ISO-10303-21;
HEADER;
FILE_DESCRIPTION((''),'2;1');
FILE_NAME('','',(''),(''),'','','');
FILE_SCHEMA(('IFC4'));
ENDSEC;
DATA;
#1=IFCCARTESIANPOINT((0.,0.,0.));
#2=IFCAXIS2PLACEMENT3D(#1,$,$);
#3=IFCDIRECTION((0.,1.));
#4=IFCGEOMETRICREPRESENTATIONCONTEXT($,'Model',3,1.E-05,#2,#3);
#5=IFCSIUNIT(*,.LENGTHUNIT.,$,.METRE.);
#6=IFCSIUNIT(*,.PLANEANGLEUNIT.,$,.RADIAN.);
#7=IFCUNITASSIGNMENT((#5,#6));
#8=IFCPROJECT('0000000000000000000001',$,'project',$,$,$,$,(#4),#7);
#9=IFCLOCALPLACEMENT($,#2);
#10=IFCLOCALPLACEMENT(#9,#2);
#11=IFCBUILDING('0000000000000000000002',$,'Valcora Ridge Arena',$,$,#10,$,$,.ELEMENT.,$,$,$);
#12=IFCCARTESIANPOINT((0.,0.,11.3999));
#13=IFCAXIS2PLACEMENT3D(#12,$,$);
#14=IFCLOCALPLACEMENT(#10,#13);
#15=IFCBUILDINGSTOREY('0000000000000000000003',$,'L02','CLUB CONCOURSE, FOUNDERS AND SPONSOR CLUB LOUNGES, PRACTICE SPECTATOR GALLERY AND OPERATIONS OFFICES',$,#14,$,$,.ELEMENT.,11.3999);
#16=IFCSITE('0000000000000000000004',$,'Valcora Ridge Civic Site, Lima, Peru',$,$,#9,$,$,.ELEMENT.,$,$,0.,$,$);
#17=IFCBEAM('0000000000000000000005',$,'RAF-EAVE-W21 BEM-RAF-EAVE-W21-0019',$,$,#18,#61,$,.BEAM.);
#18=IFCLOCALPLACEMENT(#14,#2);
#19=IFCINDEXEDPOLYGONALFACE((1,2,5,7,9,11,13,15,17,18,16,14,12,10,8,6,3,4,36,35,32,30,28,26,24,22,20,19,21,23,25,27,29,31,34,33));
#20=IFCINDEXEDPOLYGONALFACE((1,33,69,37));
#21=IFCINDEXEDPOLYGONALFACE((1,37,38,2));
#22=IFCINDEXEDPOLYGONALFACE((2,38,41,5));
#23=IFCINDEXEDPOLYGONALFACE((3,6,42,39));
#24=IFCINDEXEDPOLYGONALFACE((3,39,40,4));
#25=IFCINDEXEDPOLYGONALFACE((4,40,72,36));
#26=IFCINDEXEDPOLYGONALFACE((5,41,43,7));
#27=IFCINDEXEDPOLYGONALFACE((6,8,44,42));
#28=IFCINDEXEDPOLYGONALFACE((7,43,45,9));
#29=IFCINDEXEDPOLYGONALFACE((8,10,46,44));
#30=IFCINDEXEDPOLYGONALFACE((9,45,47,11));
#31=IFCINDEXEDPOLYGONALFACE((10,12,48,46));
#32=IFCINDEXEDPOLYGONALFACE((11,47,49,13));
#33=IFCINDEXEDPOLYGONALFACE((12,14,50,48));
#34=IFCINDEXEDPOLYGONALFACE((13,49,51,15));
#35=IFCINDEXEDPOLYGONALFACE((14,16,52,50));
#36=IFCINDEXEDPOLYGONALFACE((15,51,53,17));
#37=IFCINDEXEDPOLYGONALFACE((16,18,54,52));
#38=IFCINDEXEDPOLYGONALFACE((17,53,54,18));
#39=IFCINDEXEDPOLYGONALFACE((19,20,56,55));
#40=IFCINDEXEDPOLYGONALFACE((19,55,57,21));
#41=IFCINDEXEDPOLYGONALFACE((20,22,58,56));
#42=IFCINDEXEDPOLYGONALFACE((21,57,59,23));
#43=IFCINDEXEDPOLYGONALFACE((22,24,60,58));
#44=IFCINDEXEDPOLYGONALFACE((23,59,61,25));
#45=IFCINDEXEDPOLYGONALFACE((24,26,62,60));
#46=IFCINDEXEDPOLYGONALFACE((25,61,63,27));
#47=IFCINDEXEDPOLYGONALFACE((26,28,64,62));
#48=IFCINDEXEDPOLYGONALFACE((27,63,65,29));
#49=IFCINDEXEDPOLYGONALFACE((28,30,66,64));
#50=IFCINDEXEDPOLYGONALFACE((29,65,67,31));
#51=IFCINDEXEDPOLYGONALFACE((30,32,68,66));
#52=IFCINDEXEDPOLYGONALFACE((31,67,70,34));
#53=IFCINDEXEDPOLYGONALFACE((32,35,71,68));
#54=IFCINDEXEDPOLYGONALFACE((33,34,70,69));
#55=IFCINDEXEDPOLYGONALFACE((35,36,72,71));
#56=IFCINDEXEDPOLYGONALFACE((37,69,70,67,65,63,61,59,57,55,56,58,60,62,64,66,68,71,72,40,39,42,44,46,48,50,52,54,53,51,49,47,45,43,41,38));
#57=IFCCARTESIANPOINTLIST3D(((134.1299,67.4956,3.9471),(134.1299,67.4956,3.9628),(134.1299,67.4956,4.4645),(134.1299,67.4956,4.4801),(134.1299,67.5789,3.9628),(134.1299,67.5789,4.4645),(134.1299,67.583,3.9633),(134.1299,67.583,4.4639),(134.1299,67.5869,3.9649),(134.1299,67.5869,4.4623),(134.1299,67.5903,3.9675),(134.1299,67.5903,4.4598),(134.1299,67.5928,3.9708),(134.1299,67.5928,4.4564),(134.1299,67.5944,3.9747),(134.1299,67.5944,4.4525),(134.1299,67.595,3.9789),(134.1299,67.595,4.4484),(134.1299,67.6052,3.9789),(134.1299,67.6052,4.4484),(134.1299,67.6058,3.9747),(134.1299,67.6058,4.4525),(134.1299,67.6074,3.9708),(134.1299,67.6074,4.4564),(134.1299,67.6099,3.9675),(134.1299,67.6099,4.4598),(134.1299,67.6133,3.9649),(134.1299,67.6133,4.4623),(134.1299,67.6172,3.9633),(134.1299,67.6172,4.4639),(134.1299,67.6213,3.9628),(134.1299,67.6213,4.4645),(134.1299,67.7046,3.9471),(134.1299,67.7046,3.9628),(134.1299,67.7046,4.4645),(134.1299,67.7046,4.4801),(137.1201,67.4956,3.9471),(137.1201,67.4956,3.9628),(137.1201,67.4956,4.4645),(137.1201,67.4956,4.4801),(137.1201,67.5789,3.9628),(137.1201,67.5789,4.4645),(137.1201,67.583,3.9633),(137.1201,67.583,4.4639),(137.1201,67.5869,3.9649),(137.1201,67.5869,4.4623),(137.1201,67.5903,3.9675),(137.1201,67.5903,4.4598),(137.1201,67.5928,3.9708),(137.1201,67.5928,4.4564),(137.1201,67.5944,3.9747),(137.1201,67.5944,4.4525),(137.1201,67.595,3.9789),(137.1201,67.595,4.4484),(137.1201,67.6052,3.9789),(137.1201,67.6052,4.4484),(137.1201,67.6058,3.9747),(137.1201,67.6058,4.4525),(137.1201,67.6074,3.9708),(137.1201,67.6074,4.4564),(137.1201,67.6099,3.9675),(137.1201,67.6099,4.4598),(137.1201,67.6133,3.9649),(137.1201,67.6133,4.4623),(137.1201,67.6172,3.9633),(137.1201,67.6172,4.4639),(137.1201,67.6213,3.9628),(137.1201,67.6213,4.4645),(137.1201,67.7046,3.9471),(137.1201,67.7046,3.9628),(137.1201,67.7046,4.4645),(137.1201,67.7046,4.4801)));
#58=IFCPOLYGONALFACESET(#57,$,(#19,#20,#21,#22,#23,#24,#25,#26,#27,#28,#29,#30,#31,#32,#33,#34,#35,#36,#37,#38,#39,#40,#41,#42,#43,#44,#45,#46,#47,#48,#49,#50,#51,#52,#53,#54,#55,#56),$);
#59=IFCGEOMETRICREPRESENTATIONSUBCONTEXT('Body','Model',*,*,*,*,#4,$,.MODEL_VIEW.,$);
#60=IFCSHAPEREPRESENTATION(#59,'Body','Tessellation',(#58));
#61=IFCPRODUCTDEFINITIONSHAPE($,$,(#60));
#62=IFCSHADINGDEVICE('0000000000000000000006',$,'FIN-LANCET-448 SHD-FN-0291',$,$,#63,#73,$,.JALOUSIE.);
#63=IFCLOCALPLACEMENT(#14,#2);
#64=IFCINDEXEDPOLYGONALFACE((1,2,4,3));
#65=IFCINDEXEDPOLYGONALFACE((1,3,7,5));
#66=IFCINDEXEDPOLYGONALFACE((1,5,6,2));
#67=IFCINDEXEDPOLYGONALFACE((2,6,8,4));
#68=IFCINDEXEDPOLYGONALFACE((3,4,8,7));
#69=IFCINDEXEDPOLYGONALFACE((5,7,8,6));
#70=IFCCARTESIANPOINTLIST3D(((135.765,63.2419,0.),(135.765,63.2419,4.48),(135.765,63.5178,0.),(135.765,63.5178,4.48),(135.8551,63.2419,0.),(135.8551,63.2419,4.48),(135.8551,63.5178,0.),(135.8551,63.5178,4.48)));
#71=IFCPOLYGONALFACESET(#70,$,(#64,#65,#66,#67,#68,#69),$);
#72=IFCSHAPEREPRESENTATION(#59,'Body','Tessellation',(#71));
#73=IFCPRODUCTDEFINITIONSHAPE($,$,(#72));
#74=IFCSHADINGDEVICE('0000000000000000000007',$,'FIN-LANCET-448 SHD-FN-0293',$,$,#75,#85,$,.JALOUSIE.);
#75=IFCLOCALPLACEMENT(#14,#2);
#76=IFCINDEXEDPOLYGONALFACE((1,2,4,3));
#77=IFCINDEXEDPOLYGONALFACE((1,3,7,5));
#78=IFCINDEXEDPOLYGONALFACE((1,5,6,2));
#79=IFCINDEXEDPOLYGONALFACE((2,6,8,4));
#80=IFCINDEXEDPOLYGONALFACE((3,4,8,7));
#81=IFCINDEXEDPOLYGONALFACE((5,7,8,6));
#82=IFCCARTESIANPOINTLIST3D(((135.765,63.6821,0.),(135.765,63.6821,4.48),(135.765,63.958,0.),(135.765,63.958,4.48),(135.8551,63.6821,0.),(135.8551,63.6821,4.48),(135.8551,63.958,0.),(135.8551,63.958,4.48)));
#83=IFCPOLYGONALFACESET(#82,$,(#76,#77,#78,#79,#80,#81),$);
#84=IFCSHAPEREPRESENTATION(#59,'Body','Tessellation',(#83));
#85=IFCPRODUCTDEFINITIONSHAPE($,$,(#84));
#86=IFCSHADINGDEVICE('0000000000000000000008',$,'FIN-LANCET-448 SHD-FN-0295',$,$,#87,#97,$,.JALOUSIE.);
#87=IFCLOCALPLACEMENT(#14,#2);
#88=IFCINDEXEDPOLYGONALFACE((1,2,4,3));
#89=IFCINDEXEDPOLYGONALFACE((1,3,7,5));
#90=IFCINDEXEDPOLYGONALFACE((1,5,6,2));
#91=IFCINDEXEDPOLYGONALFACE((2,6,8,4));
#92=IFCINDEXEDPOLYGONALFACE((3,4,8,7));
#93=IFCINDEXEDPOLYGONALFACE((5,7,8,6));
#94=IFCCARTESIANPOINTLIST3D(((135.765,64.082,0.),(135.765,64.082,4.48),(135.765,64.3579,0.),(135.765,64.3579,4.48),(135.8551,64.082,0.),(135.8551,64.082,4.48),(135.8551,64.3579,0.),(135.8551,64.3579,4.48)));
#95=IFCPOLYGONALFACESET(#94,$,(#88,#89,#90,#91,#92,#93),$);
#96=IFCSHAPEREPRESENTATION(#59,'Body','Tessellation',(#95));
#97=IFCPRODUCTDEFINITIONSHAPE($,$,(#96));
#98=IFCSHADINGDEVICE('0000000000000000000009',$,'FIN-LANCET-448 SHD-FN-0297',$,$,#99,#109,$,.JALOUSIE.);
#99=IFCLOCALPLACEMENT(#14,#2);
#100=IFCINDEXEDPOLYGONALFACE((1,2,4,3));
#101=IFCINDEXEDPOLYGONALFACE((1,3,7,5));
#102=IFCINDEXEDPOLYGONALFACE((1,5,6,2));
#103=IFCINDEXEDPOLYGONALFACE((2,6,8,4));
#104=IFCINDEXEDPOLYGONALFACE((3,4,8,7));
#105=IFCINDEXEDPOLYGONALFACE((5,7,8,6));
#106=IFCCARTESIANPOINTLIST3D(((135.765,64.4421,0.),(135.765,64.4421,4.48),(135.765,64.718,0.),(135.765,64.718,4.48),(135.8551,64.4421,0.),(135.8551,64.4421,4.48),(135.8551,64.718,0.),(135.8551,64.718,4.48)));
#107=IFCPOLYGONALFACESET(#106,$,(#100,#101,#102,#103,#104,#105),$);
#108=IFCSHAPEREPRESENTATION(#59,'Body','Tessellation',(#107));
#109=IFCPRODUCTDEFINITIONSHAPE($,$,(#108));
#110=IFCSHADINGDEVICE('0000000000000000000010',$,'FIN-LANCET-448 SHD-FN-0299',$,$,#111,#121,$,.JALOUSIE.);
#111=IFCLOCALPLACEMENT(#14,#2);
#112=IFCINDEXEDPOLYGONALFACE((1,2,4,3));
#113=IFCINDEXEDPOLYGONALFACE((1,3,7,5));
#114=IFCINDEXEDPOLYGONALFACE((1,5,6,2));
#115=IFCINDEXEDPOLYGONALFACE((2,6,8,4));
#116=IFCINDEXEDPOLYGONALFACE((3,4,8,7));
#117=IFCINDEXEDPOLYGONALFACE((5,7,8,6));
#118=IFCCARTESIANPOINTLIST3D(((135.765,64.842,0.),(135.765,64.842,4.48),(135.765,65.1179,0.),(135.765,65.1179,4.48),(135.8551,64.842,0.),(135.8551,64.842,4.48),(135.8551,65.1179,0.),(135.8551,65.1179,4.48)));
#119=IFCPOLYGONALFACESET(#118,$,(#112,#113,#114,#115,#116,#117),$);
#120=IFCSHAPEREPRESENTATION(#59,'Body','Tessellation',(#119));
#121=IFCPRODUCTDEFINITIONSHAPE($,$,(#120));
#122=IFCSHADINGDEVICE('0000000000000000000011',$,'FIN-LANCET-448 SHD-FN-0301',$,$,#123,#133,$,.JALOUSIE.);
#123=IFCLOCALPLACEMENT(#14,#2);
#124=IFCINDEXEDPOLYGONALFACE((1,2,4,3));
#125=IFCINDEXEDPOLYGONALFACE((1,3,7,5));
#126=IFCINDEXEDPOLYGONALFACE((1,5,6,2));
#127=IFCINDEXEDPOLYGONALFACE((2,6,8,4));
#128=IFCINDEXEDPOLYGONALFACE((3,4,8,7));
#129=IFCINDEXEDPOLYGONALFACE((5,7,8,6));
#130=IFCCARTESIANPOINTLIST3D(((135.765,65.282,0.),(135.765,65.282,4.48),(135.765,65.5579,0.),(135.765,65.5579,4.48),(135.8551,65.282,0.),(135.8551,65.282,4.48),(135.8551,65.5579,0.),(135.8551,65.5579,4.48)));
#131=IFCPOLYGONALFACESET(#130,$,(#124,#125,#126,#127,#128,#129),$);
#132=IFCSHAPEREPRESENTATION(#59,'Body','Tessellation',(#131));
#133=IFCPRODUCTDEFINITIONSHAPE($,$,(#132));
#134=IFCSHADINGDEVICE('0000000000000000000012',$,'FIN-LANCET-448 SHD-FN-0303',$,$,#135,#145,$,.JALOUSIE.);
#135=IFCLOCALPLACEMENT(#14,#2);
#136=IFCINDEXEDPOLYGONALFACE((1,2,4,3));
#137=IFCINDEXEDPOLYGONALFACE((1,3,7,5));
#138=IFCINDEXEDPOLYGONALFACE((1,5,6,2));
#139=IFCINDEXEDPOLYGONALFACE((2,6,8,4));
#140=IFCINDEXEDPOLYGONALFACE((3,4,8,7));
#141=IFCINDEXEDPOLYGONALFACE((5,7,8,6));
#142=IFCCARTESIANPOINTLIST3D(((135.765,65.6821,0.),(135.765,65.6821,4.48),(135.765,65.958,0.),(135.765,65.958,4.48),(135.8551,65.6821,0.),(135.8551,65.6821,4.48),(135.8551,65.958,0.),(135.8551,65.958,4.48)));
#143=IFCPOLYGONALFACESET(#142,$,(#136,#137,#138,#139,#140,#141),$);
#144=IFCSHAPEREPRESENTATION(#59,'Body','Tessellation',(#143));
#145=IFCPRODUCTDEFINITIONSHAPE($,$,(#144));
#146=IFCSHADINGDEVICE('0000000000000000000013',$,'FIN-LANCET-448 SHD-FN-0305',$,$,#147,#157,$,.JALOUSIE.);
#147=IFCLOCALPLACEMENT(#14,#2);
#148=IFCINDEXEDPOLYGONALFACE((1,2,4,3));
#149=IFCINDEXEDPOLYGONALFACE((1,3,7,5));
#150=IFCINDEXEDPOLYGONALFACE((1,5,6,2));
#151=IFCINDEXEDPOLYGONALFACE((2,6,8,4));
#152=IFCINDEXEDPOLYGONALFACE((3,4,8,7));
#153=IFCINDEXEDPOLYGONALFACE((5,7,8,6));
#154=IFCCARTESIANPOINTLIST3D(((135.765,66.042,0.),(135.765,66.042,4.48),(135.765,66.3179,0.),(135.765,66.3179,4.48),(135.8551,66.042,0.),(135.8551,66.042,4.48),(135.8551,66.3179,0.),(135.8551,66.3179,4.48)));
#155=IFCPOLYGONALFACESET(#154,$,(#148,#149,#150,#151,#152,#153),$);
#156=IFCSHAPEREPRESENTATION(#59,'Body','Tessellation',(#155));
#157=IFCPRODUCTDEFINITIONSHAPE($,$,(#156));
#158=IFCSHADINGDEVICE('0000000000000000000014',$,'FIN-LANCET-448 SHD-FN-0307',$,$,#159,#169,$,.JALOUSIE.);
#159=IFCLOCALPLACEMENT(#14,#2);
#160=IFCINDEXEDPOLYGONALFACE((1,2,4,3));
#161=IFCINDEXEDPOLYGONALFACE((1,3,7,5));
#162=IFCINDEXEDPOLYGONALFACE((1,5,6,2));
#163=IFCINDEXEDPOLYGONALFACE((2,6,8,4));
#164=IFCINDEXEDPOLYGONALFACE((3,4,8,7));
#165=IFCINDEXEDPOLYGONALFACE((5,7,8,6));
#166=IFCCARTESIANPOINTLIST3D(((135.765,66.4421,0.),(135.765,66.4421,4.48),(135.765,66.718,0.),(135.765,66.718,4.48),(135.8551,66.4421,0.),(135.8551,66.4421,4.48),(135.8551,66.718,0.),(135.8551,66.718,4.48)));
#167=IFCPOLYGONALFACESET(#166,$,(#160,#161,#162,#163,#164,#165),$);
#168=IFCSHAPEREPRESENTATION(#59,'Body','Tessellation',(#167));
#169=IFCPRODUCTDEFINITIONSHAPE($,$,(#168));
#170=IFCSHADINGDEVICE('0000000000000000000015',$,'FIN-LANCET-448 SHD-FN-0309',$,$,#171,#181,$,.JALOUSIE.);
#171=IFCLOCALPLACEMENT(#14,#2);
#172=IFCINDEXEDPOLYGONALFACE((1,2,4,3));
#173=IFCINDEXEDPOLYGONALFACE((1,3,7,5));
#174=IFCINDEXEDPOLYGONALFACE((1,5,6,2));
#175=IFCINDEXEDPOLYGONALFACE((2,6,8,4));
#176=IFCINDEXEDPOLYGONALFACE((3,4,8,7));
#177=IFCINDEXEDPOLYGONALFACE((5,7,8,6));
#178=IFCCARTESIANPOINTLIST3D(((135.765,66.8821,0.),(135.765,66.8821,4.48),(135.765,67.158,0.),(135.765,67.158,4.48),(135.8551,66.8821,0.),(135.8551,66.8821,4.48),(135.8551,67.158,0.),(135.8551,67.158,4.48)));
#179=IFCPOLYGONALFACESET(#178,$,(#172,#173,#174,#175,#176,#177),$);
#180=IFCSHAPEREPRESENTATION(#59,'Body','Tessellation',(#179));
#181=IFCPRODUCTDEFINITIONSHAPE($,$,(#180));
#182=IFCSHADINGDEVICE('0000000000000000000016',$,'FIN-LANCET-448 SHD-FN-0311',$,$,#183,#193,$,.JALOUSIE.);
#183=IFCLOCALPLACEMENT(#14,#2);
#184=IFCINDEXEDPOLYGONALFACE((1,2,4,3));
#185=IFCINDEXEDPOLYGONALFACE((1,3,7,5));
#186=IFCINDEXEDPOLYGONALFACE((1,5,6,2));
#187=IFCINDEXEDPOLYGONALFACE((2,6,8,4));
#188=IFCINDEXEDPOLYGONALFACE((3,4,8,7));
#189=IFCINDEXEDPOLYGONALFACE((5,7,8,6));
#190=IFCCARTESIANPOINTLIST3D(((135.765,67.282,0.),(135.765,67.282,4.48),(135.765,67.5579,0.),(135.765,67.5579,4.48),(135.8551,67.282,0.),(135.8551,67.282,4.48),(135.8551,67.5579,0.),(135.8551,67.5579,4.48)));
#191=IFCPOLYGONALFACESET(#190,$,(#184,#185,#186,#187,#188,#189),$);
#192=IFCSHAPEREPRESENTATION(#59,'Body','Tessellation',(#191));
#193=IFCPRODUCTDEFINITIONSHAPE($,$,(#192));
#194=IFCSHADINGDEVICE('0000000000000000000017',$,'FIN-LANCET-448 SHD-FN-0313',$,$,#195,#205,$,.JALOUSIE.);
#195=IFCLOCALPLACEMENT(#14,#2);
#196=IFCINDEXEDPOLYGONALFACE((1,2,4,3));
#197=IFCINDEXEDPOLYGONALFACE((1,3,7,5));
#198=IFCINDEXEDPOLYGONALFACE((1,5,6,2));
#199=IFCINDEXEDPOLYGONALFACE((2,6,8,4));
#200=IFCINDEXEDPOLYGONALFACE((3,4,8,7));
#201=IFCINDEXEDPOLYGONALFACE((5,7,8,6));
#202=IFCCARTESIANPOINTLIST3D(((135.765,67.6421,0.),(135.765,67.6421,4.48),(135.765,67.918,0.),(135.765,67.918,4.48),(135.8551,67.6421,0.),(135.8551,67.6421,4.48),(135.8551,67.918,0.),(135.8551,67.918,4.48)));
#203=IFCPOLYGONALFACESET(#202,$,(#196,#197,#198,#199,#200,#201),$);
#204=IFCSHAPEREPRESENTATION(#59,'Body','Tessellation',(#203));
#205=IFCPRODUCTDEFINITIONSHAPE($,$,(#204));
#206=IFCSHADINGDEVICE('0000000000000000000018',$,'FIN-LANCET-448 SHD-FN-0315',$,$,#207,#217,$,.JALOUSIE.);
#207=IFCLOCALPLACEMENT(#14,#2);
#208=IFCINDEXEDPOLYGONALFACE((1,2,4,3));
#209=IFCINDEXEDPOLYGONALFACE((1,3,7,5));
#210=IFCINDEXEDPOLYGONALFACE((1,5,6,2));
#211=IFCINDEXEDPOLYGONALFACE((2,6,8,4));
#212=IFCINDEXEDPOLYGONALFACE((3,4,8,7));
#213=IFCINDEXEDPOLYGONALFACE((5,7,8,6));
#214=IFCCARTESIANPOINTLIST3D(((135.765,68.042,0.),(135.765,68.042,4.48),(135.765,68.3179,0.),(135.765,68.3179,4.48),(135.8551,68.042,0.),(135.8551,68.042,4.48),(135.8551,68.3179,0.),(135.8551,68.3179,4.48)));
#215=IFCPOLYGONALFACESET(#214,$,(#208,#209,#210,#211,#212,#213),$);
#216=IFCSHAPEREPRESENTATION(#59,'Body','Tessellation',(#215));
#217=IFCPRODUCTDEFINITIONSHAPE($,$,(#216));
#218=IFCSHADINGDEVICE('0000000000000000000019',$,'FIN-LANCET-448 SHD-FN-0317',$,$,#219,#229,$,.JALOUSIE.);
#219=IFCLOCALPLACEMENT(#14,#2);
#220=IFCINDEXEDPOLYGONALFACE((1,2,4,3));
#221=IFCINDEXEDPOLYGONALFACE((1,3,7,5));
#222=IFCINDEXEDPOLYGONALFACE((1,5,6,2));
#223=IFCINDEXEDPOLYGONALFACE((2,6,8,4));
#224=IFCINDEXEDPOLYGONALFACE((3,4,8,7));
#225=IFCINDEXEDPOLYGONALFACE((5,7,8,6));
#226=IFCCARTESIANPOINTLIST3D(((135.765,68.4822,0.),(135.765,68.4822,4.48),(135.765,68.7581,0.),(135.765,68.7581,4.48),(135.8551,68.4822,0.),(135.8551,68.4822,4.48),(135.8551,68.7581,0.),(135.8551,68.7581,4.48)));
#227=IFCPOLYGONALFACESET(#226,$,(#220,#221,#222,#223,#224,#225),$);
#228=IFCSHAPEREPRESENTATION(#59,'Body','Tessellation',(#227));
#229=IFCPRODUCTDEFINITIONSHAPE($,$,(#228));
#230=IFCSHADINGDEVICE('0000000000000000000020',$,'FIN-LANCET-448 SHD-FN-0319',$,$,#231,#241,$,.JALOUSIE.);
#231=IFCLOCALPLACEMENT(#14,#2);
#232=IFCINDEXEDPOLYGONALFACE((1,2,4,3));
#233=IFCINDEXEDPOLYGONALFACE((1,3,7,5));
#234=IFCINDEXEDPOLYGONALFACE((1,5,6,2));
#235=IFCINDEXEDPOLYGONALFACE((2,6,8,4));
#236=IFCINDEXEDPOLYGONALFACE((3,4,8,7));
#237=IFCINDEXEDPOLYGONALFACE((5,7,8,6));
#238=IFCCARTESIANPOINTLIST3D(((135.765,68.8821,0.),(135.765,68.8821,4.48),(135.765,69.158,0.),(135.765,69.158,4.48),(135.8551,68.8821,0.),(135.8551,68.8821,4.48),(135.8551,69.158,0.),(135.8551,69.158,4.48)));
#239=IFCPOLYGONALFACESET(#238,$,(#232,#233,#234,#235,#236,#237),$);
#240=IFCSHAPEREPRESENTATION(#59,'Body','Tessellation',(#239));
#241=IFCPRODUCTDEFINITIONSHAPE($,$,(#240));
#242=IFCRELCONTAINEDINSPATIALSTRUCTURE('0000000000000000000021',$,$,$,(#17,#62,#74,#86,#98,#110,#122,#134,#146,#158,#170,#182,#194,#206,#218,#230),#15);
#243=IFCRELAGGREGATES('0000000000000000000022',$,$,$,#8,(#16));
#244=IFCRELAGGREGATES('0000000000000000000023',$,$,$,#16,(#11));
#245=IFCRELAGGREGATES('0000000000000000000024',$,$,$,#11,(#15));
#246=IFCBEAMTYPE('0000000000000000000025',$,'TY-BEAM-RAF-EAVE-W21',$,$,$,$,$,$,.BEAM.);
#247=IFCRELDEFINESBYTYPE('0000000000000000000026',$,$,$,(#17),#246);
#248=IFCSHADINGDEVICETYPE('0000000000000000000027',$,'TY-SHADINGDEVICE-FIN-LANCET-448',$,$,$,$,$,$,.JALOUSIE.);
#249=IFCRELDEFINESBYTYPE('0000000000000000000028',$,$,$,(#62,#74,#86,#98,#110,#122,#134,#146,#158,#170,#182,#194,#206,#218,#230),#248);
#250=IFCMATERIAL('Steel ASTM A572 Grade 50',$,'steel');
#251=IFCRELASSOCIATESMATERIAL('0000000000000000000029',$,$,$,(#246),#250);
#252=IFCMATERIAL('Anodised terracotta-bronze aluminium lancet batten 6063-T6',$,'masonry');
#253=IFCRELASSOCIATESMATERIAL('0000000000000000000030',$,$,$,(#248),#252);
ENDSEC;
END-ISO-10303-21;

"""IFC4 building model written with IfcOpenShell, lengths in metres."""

from ifc_helpers import new_model, si_unit, direction, frame, origin, origin_2d, place, context, subcontext, project, spatial, rectangle, i_section, extrude, material, material_profile, profile_set, type_object, element, save


model = new_model("IFC4")

# Units and contexts
model_context = context("Model", 3, precision=1e-05, world=origin(), true_north=direction((0.0, 1.0)))
body_context = subcontext(model_context, "Body", "Model", "MODEL_VIEW")
ifc_project = project(units=[si_unit("LENGTHUNIT", "METRE"), si_unit("PLANEANGLEUNIT", "RADIAN")], contexts=[model_context])

# Site, building, storey
site_placement = place(None, origin())
site = spatial("IfcSite", under=ifc_project, at=site_placement, Name="Valcora Ridge Civic Site, Lima, Peru", CompositionType="ELEMENT", RefElevation=0.0)
building_placement = place(site_placement, origin())
building = spatial("IfcBuilding", under=site, at=building_placement, Name="Valcora Ridge Arena", CompositionType="ELEMENT")
storey_placement = place(building_placement, frame((0.0, 0.0, 11.3999)))
storey = spatial("IfcBuildingStorey", under=building, at=storey_placement, Name="L02", Description="CLUB CONCOURSE, FOUNDERS AND SPONSOR CLUB LOUNGES, PRACTICE SPECTATOR GALLERY AND OPERATIONS OFFICES", CompositionType="ELEMENT", Elevation=11.3999)

# Beam
ifc_material_1 = material(Name="Steel ASTM A572 Grade 50", Category="steel")
ifc_material_profile_1 = material_profile(ifc_material_1, i_section(OverallWidth=0.209, OverallDepth=0.533, WebThickness=0.0103, FlangeThickness=0.0156, FilletRadius=0.0161, at=origin_2d()), Name="W21X62")
ifc_profile_set_1 = profile_set([ifc_material_profile_1], Name="Steel ASTM A572 Grade 50")
beam_type = type_object("IfcBeamType", Name="TY-BEAM-RAF-EAVE-W21", PredefinedType="BEAM", material=ifc_profile_set_1)
beam_placement = place(storey_placement, frame((134.1299, 67.6001, 4.2136), z_axis=(1.0, 0.0, 0.0), x_axis=(0.0, 1.0, 0.0)))
element("IfcBeam", 1, at=beam_placement, inside=storey, type_object=beam_type, Name="RAF-EAVE-W21 BEM-RAF-EAVE-W21-0019", PredefinedType="BEAM", context=body_context, shape_type="SweptSolid", body=[
    extrude(i_section(OverallWidth=0.209, OverallDepth=0.533, WebThickness=0.0103, FlangeThickness=0.0156, FilletRadius=0.0161, at=origin_2d()), origin(), (0.0, 0.0, 1.0), 2.9902),
])

# Shading devices
ifc_material_2 = material(Name="Anodised terracotta-bronze aluminium lancet batten 6063-T6", Category="masonry")
ifc_material_profile_2 = material_profile(ifc_material_2, rectangle(XDim=0.0901, YDim=0.2759, at=origin_2d()), Name="ALU LANCET BATTEN 90x276")
ifc_profile_set_2 = profile_set([ifc_material_profile_2], Name="Anodised terracotta-bronze aluminium lancet batten 6063-T6")
shading_device_type = type_object("IfcShadingDeviceType", Name="TY-SHADINGDEVICE-FIN-LANCET-448", PredefinedType="JALOUSIE", material=ifc_profile_set_2)
for number, where, z_axis, x_axis, name in (
    (2, (135.8101, 63.3799, 0.0), (0.0, 0.0, 1.0), (1.0, 0.0, 0.0), "FIN-LANCET-448 SHD-FN-0291"),
    (3, (135.8101, 63.8201, 0.0), (0.0, 0.0, 1.0), (1.0, 0.0, 0.0), "FIN-LANCET-448 SHD-FN-0293"),
    (4, (135.8101, 64.22, 0.0), (0.0, 0.0, 1.0), (1.0, 0.0, 0.0), "FIN-LANCET-448 SHD-FN-0295"),
    (5, (135.8101, 64.5801, 0.0), (0.0, 0.0, 1.0), (1.0, 0.0, 0.0), "FIN-LANCET-448 SHD-FN-0297"),
    (6, (135.8101, 64.98, 0.0), (0.0, 0.0, 1.0), (1.0, 0.0, 0.0), "FIN-LANCET-448 SHD-FN-0299"),
    (7, (135.8101, 65.4199, 0.0), (0.0, 0.0, 1.0), (1.0, 0.0, 0.0), "FIN-LANCET-448 SHD-FN-0301"),
    (8, (135.8101, 65.8201, 0.0), (0.0, 0.0, 1.0), (1.0, 0.0, 0.0), "FIN-LANCET-448 SHD-FN-0303"),
    (9, (135.8101, 66.1799, 0.0), (0.0, 0.0, 1.0), (1.0, 0.0, 0.0), "FIN-LANCET-448 SHD-FN-0305"),
    (10, (135.8101, 66.5801, 0.0), (0.0, 0.0, 1.0), (1.0, 0.0, 0.0), "FIN-LANCET-448 SHD-FN-0307"),
    (11, (135.8101, 67.02, 0.0), (0.0, 0.0, 1.0), (1.0, 0.0, 0.0), "FIN-LANCET-448 SHD-FN-0309"),
    (12, (135.8101, 67.4199, 0.0), (0.0, 0.0, 1.0), (1.0, 0.0, 0.0), "FIN-LANCET-448 SHD-FN-0311"),
    (13, (135.8101, 67.78, 0.0), (0.0, 0.0, 1.0), (1.0, 0.0, 0.0), "FIN-LANCET-448 SHD-FN-0313"),
    (14, (135.8101, 68.1799, 0.0), (0.0, 0.0, 1.0), (1.0, 0.0, 0.0), "FIN-LANCET-448 SHD-FN-0315"),
    (15, (135.8101, 68.6201, 0.0), (0.0, 0.0, 1.0), (1.0, 0.0, 0.0), "FIN-LANCET-448 SHD-FN-0317"),
    (16, (135.8101, 69.02, 0.0), (0.0, 0.0, 1.0), (1.0, 0.0, 0.0), "FIN-LANCET-448 SHD-FN-0319"),
):
    element("IfcShadingDevice", number, at=place(storey_placement, frame(where, z_axis=z_axis, x_axis=x_axis)), inside=storey, type_object=shading_device_type, Name=name, PredefinedType="JALOUSIE", context=body_context, shape_type="SweptSolid", body=[
        extrude(rectangle(XDim=0.0901, YDim=0.2759, at=origin_2d()), origin(), (0.0, 0.0, 1.0), 4.48),
    ])

save(model, "model.ifc")
